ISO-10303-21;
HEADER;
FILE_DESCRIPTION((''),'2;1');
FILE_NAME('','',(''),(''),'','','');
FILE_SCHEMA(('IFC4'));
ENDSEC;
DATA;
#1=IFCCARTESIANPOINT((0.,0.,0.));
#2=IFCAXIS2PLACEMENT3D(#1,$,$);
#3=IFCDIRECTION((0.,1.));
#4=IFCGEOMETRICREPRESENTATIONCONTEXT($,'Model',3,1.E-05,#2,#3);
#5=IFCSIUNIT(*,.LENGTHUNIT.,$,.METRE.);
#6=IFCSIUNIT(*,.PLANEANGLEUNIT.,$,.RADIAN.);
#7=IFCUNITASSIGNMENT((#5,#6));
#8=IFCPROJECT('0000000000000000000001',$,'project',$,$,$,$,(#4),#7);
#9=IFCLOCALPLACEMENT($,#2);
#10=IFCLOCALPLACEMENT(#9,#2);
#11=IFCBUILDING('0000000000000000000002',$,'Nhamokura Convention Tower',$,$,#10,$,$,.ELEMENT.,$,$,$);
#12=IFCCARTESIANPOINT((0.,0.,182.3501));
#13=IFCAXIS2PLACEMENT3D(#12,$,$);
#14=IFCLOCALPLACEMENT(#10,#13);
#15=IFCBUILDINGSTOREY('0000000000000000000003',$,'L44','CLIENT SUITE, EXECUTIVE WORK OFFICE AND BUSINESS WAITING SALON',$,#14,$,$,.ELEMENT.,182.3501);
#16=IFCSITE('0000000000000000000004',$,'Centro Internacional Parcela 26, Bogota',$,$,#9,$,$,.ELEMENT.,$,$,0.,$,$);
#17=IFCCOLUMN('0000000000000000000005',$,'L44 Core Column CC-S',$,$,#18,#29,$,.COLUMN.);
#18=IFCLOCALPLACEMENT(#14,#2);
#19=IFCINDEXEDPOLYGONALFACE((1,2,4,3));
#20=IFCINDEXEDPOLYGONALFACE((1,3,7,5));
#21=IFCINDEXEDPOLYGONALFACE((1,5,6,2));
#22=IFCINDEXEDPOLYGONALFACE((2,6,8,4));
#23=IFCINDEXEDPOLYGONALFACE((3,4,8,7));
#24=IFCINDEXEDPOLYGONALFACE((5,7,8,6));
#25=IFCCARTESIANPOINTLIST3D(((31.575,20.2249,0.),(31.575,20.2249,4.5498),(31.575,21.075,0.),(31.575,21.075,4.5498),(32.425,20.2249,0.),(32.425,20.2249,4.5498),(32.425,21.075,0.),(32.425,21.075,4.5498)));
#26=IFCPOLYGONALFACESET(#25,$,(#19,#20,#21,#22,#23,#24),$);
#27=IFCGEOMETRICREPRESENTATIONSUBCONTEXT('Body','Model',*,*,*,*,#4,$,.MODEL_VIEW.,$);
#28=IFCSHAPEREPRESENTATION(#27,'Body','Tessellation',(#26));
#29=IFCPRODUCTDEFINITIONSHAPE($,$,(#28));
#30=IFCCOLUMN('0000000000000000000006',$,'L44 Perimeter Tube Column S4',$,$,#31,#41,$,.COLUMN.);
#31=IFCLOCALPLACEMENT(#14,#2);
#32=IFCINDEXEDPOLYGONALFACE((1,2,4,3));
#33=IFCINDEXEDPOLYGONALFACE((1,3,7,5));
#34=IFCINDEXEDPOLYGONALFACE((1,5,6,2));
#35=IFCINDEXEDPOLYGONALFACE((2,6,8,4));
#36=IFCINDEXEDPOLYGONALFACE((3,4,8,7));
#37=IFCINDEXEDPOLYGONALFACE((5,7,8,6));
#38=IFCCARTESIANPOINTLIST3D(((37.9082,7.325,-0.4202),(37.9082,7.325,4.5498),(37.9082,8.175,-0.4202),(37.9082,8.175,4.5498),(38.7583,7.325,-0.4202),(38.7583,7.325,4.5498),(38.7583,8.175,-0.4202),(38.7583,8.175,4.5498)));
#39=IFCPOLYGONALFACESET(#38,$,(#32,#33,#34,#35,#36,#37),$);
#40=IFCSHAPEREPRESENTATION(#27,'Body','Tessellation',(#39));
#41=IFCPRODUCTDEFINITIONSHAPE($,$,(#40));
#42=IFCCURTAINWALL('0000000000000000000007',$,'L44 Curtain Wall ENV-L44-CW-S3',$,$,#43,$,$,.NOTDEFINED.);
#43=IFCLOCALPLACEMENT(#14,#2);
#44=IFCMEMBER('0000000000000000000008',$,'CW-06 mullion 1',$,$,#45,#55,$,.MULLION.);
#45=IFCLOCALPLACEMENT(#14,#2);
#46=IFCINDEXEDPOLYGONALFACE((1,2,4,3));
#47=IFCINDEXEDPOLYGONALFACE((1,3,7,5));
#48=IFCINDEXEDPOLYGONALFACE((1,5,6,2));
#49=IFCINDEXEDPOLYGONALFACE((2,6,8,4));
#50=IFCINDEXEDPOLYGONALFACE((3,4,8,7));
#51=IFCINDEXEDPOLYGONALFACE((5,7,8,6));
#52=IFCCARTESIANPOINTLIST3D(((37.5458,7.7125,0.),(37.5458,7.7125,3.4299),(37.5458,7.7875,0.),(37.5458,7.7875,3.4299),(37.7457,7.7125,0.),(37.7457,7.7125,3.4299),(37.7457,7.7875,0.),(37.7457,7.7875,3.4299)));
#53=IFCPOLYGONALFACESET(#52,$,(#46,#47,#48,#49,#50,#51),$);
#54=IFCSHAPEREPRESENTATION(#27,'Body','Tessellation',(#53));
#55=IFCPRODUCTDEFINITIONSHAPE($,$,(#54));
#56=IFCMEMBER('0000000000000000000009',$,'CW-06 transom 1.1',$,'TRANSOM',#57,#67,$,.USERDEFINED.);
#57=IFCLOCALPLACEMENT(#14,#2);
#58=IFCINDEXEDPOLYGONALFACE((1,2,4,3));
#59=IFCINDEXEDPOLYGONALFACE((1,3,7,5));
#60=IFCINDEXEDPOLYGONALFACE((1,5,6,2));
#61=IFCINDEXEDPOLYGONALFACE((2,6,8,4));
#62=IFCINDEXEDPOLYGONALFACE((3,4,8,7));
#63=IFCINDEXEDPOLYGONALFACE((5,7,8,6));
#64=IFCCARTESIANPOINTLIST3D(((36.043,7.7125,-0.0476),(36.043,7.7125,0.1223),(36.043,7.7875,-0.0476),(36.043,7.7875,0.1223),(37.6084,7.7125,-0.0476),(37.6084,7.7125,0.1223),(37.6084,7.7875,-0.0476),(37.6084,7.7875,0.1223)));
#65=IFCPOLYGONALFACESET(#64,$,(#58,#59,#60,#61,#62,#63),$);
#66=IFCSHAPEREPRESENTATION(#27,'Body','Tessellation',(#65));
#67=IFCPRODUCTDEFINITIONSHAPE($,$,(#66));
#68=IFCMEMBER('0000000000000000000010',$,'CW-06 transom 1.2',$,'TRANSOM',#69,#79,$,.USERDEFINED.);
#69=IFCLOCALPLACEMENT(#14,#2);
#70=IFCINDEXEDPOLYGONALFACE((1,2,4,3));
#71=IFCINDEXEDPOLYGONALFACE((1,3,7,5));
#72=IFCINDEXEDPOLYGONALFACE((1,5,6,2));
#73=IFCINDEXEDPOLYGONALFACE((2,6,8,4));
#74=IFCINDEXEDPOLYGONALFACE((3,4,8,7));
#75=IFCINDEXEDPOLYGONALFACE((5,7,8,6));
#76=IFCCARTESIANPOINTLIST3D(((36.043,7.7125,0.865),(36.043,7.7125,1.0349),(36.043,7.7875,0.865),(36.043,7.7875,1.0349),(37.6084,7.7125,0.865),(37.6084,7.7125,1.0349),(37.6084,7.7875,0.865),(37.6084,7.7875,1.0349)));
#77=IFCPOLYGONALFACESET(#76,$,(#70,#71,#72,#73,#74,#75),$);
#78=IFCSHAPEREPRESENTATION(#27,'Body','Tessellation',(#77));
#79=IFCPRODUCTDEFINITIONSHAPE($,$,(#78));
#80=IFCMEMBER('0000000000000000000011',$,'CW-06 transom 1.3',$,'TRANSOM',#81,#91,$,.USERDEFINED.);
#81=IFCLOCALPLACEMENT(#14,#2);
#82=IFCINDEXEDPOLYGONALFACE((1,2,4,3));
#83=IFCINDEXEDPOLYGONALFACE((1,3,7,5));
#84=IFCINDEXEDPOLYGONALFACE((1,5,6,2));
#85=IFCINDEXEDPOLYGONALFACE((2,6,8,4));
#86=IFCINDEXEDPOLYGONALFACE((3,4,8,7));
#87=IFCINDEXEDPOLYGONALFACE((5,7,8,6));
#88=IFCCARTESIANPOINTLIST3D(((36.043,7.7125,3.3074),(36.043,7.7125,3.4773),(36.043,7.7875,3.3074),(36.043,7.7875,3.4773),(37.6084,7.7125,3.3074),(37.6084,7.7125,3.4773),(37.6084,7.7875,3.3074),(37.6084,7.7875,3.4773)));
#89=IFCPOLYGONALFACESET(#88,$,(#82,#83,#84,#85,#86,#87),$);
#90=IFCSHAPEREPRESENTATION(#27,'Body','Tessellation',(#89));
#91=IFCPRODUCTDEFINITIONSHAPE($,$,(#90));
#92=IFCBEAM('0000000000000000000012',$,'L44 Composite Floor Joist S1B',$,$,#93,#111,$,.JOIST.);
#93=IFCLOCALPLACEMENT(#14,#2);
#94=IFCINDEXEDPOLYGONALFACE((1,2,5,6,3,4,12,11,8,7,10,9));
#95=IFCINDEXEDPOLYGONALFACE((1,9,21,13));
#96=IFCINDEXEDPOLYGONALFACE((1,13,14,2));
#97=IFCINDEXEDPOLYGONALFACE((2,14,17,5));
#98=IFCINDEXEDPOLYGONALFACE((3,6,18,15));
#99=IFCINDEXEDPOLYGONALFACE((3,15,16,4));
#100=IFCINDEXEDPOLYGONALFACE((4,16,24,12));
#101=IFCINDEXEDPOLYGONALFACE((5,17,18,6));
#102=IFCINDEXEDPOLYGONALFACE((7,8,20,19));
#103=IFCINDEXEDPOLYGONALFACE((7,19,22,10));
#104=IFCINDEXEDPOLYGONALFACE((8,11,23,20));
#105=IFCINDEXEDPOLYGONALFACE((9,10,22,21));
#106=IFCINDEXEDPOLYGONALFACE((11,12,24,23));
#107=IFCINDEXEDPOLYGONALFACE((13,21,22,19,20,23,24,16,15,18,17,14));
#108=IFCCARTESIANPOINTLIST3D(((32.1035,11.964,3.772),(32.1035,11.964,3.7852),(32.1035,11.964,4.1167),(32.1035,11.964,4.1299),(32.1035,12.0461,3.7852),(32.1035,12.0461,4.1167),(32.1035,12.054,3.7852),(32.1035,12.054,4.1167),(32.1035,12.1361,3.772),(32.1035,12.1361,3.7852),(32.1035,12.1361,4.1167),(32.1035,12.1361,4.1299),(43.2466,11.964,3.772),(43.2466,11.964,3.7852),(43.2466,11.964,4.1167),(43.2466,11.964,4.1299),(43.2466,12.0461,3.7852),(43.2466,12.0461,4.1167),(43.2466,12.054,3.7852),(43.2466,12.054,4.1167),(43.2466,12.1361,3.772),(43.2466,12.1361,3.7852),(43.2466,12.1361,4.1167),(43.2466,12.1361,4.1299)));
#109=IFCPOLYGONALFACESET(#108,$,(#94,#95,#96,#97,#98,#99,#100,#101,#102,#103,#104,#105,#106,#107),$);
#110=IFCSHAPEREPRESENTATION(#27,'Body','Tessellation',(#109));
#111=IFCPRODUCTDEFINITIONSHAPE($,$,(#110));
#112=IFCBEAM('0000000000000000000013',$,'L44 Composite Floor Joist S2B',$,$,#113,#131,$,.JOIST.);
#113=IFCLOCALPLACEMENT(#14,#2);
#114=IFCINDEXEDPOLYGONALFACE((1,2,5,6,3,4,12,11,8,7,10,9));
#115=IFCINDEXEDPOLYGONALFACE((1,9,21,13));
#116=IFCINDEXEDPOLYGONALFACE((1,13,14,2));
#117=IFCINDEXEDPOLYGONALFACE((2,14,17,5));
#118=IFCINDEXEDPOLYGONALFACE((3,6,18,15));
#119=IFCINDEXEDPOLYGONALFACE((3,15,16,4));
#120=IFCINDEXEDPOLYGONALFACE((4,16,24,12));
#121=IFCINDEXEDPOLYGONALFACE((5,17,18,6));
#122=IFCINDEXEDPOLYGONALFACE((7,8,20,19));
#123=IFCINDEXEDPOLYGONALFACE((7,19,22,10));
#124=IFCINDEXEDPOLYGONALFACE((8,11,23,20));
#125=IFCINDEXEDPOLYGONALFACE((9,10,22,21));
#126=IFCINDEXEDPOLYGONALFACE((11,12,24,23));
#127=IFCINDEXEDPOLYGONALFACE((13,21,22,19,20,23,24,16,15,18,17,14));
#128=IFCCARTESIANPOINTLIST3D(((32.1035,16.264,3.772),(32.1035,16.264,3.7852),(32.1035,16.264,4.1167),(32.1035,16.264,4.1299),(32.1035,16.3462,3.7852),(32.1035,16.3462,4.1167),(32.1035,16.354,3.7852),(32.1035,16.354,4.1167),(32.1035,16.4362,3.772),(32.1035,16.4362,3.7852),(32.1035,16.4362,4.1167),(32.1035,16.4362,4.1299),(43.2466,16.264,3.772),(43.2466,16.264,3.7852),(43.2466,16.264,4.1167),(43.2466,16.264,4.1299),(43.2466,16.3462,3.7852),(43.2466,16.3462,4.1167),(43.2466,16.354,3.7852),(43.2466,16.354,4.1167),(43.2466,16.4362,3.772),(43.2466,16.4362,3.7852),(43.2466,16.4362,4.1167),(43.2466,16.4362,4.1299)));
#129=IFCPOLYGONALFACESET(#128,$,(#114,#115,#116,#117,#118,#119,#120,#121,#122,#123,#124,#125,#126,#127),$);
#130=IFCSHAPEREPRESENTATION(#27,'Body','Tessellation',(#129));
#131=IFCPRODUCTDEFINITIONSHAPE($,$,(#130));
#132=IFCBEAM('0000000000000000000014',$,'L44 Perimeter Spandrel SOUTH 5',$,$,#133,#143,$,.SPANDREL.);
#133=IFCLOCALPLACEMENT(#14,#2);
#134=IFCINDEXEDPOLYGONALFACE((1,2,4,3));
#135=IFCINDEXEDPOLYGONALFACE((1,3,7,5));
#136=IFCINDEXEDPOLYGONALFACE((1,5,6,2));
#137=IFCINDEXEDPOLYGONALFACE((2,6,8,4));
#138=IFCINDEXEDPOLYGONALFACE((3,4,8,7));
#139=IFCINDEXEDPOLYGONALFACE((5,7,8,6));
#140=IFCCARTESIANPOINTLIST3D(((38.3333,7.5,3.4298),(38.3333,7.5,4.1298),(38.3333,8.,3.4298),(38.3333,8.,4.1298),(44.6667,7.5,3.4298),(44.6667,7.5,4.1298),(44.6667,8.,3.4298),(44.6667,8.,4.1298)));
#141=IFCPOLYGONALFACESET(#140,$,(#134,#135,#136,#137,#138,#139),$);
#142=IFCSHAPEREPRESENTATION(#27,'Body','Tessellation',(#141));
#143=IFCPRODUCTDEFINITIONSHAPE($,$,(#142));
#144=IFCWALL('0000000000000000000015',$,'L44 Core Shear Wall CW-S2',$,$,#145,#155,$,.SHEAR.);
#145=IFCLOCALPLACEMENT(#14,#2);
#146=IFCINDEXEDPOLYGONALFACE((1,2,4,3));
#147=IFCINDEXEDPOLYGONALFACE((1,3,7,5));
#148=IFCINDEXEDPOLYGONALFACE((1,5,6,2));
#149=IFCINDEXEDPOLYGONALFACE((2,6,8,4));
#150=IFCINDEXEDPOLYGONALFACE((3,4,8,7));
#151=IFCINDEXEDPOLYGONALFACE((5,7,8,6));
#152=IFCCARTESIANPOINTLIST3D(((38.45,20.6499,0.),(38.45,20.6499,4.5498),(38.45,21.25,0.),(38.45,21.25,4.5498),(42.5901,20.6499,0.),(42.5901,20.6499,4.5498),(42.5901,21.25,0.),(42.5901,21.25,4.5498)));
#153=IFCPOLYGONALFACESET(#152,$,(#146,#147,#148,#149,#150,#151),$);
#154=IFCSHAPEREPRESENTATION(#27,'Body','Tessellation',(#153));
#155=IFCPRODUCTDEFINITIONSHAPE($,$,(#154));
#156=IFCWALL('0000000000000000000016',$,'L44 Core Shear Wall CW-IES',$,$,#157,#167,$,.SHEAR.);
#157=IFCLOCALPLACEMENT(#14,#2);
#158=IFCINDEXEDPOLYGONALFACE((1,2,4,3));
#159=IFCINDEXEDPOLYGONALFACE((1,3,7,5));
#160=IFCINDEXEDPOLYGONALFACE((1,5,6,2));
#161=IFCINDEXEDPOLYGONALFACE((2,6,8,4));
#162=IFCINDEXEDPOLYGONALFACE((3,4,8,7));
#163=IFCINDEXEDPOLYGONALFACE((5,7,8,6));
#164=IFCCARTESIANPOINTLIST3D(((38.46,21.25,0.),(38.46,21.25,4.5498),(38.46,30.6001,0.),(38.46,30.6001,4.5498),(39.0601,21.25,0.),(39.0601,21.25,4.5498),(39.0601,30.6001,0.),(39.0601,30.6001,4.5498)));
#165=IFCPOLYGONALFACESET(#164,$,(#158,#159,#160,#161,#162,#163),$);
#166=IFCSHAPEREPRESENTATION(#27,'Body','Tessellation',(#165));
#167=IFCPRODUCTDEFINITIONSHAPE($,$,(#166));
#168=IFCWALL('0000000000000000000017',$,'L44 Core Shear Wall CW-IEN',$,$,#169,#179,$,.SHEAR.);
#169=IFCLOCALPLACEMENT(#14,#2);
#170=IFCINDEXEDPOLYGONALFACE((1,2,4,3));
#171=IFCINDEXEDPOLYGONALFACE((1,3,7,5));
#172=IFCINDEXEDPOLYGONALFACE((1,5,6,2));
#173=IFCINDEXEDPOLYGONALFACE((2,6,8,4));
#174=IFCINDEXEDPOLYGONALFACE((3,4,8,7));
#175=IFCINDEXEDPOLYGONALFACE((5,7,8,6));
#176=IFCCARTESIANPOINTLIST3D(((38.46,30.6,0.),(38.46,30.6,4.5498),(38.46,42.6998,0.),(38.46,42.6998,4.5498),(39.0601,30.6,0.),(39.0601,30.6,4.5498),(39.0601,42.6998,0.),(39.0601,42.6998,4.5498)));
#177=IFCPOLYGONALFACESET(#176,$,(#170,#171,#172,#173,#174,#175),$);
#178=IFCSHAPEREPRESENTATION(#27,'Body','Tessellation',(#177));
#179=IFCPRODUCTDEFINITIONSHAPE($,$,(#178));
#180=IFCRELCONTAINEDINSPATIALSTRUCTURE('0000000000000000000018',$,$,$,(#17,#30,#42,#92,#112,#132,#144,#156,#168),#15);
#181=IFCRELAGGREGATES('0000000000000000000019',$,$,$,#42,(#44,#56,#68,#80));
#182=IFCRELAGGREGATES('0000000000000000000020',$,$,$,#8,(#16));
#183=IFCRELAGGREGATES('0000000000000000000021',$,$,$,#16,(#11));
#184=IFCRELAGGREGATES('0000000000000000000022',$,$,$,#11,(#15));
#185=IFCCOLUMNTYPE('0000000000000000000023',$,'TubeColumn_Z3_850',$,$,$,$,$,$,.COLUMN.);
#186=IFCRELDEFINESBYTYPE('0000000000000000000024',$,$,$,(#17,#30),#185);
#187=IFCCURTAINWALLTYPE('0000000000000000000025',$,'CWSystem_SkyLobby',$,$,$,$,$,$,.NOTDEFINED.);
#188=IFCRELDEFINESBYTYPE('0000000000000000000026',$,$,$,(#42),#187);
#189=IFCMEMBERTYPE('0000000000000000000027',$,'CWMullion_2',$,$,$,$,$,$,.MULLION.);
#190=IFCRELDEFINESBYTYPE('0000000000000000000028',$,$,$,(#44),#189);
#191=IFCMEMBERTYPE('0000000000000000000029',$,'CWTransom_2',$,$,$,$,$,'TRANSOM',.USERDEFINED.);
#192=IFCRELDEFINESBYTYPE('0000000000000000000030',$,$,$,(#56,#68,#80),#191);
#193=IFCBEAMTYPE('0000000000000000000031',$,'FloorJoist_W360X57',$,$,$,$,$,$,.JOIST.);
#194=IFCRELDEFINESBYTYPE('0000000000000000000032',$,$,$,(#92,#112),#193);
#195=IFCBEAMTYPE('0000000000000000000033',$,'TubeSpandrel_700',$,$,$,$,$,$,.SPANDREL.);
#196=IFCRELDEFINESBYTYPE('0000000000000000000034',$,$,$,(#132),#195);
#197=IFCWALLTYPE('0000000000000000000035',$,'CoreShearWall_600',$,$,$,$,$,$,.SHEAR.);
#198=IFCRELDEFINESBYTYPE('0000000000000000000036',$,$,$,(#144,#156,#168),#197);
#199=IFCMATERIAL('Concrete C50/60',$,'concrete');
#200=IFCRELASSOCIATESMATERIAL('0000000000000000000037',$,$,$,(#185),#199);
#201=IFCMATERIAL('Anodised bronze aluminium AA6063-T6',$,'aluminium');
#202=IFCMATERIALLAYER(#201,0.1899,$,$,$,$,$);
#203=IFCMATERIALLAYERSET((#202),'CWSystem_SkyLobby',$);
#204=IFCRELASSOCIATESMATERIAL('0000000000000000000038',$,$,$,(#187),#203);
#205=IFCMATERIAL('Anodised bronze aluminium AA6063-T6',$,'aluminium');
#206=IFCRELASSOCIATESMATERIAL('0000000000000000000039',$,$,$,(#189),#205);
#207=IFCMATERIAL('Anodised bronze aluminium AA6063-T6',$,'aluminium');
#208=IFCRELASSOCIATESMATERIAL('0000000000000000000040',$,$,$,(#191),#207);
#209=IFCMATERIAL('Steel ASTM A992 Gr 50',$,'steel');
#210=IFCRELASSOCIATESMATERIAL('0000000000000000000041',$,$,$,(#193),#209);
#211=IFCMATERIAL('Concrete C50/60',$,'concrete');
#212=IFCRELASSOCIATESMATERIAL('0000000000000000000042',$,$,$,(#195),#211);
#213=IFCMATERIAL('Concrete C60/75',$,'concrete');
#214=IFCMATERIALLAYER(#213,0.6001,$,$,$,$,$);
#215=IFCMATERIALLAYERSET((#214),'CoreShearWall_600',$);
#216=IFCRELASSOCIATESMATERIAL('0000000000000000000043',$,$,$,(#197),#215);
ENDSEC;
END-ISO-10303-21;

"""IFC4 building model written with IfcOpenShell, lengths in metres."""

from ifc_helpers import new_model, si_unit, direction, frame, frame_2d, origin, origin_2d, place, context, subcontext, project, spatial, rectangle, i_section, extrude, material, layer, layer_set, material_profile, profile_set, type_object, element, aggregate, save


model = new_model("IFC4")

# Units and contexts
model_context = context("Model", 3, precision=1e-05, world=origin(), true_north=direction((0.0, 1.0)))
body_context = subcontext(model_context, "Body", "Model", "MODEL_VIEW")
ifc_project = project(units=[si_unit("LENGTHUNIT", "METRE"), si_unit("PLANEANGLEUNIT", "RADIAN")], contexts=[model_context])

# Site, building, storey
site_placement = place(None, origin())
site = spatial("IfcSite", under=ifc_project, at=site_placement, Name="Centro Internacional Parcela 26, Bogota", CompositionType="ELEMENT", RefElevation=0.0)
building_placement = place(site_placement, origin())
building = spatial("IfcBuilding", under=site, at=building_placement, Name="Nhamokura Convention Tower", CompositionType="ELEMENT")
storey_placement = place(building_placement, frame((0.0, 0.0, 182.3501)))
storey = spatial("IfcBuildingStorey", under=building, at=storey_placement, Name="L44", Description="CLIENT SUITE, EXECUTIVE WORK OFFICE AND BUSINESS WAITING SALON", CompositionType="ELEMENT", Elevation=182.3501)

# Columns
ifc_material_1 = material(Name="Concrete C50/60", Category="concrete")
ifc_material_profile_1 = material_profile(ifc_material_1, rectangle(XDim=0.8501, YDim=0.8501, at=origin_2d()))
ifc_profile_set_1 = profile_set([ifc_material_profile_1], Name="Concrete C50/60")
column_type = type_object("IfcColumnType", Name="TubeColumn_Z3_850", PredefinedType="COLUMN", material=ifc_profile_set_1)
column_1_placement = place(storey_placement, frame((32.0, 20.6499, 0.0), z_axis=(0.0, 0.0, 1.0), x_axis=(1.0, 0.0, 0.0)))
element("IfcColumn", 1, at=column_1_placement, inside=storey, type_object=column_type, Name="L44 Core Column CC-S", PredefinedType="COLUMN", context=body_context, shape_type="SweptSolid", body=[
    extrude(rectangle(XDim=0.8501, YDim=0.8501, at=origin_2d()), origin(), (0.0, 0.0, 1.0), 4.5498),
])
column_2_placement = place(storey_placement, frame((38.3333, 7.75, -0.4202), z_axis=(0.0, 0.0, 1.0), x_axis=(1.0, 0.0, 0.0)))
element("IfcColumn", 2, at=column_2_placement, inside=storey, type_object=column_type, Name="L44 Perimeter Tube Column S4", PredefinedType="COLUMN", context=body_context, shape_type="SweptSolid", body=[
    extrude(rectangle(XDim=0.8501, YDim=0.8501, at=origin_2d()), origin(), (0.0, 0.0, 1.0), 4.97),
])

# Curtain wall, members
ifc_material_2 = material(Name="Anodised bronze aluminium AA6063-T6", Category="aluminium")
ifc_layer_1 = layer(ifc_material_2, 0.1899)
ifc_layer_set_1 = layer_set([ifc_layer_1], Name="CWSystem_SkyLobby")
curtain_wall_type = type_object("IfcCurtainWallType", Name="CWSystem_SkyLobby", PredefinedType="NOTDEFINED", material=ifc_layer_set_1)
curtain_wall_placement = place(storey_placement, origin())
curtain_wall = element("IfcCurtainWall", 3, at=curtain_wall_placement, inside=storey, type_object=curtain_wall_type, Name="L44 Curtain Wall ENV-L44-CW-S3", PredefinedType="NOTDEFINED")
ifc_material_3 = material(Name="Anodised bronze aluminium AA6063-T6", Category="aluminium")
ifc_material_profile_2 = material_profile(ifc_material_3, rectangle(XDim=0.075, YDim=0.2, at=origin_2d()))
ifc_profile_set_2 = profile_set([ifc_material_profile_2], Name="Anodised bronze aluminium AA6063-T6")
member_type_1 = type_object("IfcMemberType", Name="CWMullion_2", PredefinedType="MULLION", material=ifc_profile_set_2)
member_1_placement = place(storey_placement, frame((37.6458, 7.75, 0.0), z_axis=(0.0, 0.0, 1.0), x_axis=(0.0, -1.0, 0.0)))
member_1 = element("IfcMember", 4, at=member_1_placement, type_object=member_type_1, Name="CW-06 mullion 1", PredefinedType="MULLION", context=body_context, shape_type="SweptSolid", body=[
    extrude(rectangle(XDim=0.075, YDim=0.2, at=origin_2d()), origin(), (0.0, 0.0, 1.0), 3.4299),
])
ifc_material_4 = material(Name="Anodised bronze aluminium AA6063-T6", Category="aluminium")
ifc_material_profile_3 = material_profile(ifc_material_4, rectangle(XDim=0.075, YDim=0.1699, at=origin_2d()))
ifc_profile_set_3 = profile_set([ifc_material_profile_3], Name="Anodised bronze aluminium AA6063-T6")
member_type_2 = type_object("IfcMemberType", Name="CWTransom_2", ElementType="TRANSOM", PredefinedType="USERDEFINED", material=ifc_profile_set_3)
member_2_placement = place(storey_placement, frame((37.6084, 7.75, 0.0374), z_axis=(-1.0, 0.0, 0.0), x_axis=(0.0, -1.0, 0.0)))
member_2 = element("IfcMember", 5, at=member_2_placement, type_object=member_type_2, Name="CW-06 transom 1.1", ObjectType="TRANSOM", PredefinedType="USERDEFINED", context=body_context, shape_type="SweptSolid", body=[
    extrude(rectangle(XDim=0.075, YDim=0.1699, at=origin_2d()), origin(), (0.0, 0.0, 1.0), 1.5654),
])
member_3_placement = place(storey_placement, frame((37.6084, 7.75, 0.95), z_axis=(-1.0, 0.0, 0.0), x_axis=(0.0, -1.0, 0.0)))
member_3 = element("IfcMember", 6, at=member_3_placement, type_object=member_type_2, Name="CW-06 transom 1.2", ObjectType="TRANSOM", PredefinedType="USERDEFINED", context=body_context, shape_type="SweptSolid", body=[
    extrude(rectangle(XDim=0.075, YDim=0.1699, at=origin_2d()), origin(), (0.0, 0.0, 1.0), 1.5654),
])
member_4_placement = place(storey_placement, frame((37.6084, 7.75, 3.3923), z_axis=(-1.0, 0.0, 0.0), x_axis=(0.0, -1.0, 0.0)))
member_4 = element("IfcMember", 7, at=member_4_placement, type_object=member_type_2, Name="CW-06 transom 1.3", ObjectType="TRANSOM", PredefinedType="USERDEFINED", context=body_context, shape_type="SweptSolid", body=[
    extrude(rectangle(XDim=0.075, YDim=0.1699, at=origin_2d()), origin(), (0.0, 0.0, 1.0), 1.5654),
])
aggregate(curtain_wall, [member_1, member_2, member_3, member_4])

# Beams
ifc_material_5 = material(Name="Steel ASTM A992 Gr 50", Category="steel")
ifc_material_profile_4 = material_profile(ifc_material_5, i_section(OverallWidth=0.1721, OverallDepth=0.3579, WebThickness=0.0078, FlangeThickness=0.0132, at=origin_2d()))
ifc_profile_set_4 = profile_set([ifc_material_profile_4], Name="Steel ASTM A992 Gr 50")
beam_type_1 = type_object("IfcBeamType", Name="FloorJoist_W360X57", PredefinedType="JOIST", material=ifc_profile_set_4)
for number, where, z_axis, x_axis, name in (
    (8, (32.1035, 12.05, 3.9509), (1.0, 0.0, 0.0), (0.0, 1.0, 0.0), "L44 Composite Floor Joist S1B"),
    (9, (32.1035, 16.3501, 3.9509), (1.0, 0.0, 0.0), (0.0, 1.0, 0.0), "L44 Composite Floor Joist S2B"),
):
    element("IfcBeam", number, at=place(storey_placement, frame(where, z_axis=z_axis, x_axis=x_axis)), inside=storey, type_object=beam_type_1, Name=name, PredefinedType="JOIST", context=body_context, shape_type="SweptSolid", body=[
        extrude(i_section(OverallWidth=0.1721, OverallDepth=0.3579, WebThickness=0.0078, FlangeThickness=0.0132, at=origin_2d()), origin(), (0.0, 0.0, 1.0), 11.1431),
    ])
ifc_material_6 = material(Name="Concrete C50/60", Category="concrete")
ifc_material_profile_5 = material_profile(ifc_material_6, rectangle(XDim=0.5, YDim=0.7, at=origin_2d()))
ifc_profile_set_5 = profile_set([ifc_material_profile_5], Name="Concrete C50/60")
beam_type_2 = type_object("IfcBeamType", Name="TubeSpandrel_700", PredefinedType="SPANDREL", material=ifc_profile_set_5)
beam_placement = place(storey_placement, frame((38.3333, 7.75, 3.7798), z_axis=(1.0, 0.0, 0.0), x_axis=(0.0, 1.0, 0.0)))
element("IfcBeam", 10, at=beam_placement, inside=storey, type_object=beam_type_2, Name="L44 Perimeter Spandrel SOUTH 5", PredefinedType="SPANDREL", context=body_context, shape_type="SweptSolid", body=[
    extrude(rectangle(XDim=0.5, YDim=0.7, at=origin_2d()), origin(), (0.0, 0.0, 1.0), 6.3335),
])

# Walls
ifc_material_7 = material(Name="Concrete C60/75", Category="concrete")
ifc_layer_2 = layer(ifc_material_7, 0.6001)
ifc_layer_set_2 = layer_set([ifc_layer_2], Name="CoreShearWall_600")
wall_type_1 = type_object("IfcWallType", Name="CoreShearWall_600", PredefinedType="SHEAR", material=ifc_layer_set_2)
wall_1_placement = place(storey_placement, frame((38.45, 20.95, 0.0), z_axis=(0.0, 0.0, 1.0), x_axis=(1.0, 0.0, 0.0)))
element("IfcWall", 11, at=wall_1_placement, inside=storey, type_object=wall_type_1, Name="L44 Core Shear Wall CW-S2", PredefinedType="SHEAR", context=body_context, shape_type="SweptSolid", body=[
    extrude(rectangle(XDim=4.1401, YDim=0.6001, at=frame_2d((2.0701, 0.0))), origin(), (0.0, 0.0, 1.0), 4.5498),
])
wall_2_placement = place(storey_placement, frame((38.76, 21.25, 0.0), z_axis=(0.0, 0.0, 1.0), x_axis=(0.0, 1.0, 0.0)))
element("IfcWall", 12, at=wall_2_placement, inside=storey, type_object=wall_type_1, Name="L44 Core Shear Wall CW-IES", PredefinedType="SHEAR", context=body_context, shape_type="SweptSolid", body=[
    extrude(rectangle(XDim=9.3501, YDim=0.6001, at=frame_2d((4.675, 0.0))), origin(), (0.0, 0.0, 1.0), 4.5498),
])
wall_3_placement = place(storey_placement, frame((38.76, 30.6001, 0.0), z_axis=(0.0, 0.0, 1.0), x_axis=(0.0, 1.0, 0.0)))
element("IfcWall", 13, at=wall_3_placement, inside=storey, type_object=wall_type_1, Name="L44 Core Shear Wall CW-IEN", PredefinedType="SHEAR", context=body_context, shape_type="SweptSolid", body=[
    extrude(rectangle(XDim=12.0999, YDim=0.6001, at=frame_2d((6.0498, 0.0))), origin(), (0.0, 0.0, 1.0), 4.5498),
])

save(model, "model.ifc")
